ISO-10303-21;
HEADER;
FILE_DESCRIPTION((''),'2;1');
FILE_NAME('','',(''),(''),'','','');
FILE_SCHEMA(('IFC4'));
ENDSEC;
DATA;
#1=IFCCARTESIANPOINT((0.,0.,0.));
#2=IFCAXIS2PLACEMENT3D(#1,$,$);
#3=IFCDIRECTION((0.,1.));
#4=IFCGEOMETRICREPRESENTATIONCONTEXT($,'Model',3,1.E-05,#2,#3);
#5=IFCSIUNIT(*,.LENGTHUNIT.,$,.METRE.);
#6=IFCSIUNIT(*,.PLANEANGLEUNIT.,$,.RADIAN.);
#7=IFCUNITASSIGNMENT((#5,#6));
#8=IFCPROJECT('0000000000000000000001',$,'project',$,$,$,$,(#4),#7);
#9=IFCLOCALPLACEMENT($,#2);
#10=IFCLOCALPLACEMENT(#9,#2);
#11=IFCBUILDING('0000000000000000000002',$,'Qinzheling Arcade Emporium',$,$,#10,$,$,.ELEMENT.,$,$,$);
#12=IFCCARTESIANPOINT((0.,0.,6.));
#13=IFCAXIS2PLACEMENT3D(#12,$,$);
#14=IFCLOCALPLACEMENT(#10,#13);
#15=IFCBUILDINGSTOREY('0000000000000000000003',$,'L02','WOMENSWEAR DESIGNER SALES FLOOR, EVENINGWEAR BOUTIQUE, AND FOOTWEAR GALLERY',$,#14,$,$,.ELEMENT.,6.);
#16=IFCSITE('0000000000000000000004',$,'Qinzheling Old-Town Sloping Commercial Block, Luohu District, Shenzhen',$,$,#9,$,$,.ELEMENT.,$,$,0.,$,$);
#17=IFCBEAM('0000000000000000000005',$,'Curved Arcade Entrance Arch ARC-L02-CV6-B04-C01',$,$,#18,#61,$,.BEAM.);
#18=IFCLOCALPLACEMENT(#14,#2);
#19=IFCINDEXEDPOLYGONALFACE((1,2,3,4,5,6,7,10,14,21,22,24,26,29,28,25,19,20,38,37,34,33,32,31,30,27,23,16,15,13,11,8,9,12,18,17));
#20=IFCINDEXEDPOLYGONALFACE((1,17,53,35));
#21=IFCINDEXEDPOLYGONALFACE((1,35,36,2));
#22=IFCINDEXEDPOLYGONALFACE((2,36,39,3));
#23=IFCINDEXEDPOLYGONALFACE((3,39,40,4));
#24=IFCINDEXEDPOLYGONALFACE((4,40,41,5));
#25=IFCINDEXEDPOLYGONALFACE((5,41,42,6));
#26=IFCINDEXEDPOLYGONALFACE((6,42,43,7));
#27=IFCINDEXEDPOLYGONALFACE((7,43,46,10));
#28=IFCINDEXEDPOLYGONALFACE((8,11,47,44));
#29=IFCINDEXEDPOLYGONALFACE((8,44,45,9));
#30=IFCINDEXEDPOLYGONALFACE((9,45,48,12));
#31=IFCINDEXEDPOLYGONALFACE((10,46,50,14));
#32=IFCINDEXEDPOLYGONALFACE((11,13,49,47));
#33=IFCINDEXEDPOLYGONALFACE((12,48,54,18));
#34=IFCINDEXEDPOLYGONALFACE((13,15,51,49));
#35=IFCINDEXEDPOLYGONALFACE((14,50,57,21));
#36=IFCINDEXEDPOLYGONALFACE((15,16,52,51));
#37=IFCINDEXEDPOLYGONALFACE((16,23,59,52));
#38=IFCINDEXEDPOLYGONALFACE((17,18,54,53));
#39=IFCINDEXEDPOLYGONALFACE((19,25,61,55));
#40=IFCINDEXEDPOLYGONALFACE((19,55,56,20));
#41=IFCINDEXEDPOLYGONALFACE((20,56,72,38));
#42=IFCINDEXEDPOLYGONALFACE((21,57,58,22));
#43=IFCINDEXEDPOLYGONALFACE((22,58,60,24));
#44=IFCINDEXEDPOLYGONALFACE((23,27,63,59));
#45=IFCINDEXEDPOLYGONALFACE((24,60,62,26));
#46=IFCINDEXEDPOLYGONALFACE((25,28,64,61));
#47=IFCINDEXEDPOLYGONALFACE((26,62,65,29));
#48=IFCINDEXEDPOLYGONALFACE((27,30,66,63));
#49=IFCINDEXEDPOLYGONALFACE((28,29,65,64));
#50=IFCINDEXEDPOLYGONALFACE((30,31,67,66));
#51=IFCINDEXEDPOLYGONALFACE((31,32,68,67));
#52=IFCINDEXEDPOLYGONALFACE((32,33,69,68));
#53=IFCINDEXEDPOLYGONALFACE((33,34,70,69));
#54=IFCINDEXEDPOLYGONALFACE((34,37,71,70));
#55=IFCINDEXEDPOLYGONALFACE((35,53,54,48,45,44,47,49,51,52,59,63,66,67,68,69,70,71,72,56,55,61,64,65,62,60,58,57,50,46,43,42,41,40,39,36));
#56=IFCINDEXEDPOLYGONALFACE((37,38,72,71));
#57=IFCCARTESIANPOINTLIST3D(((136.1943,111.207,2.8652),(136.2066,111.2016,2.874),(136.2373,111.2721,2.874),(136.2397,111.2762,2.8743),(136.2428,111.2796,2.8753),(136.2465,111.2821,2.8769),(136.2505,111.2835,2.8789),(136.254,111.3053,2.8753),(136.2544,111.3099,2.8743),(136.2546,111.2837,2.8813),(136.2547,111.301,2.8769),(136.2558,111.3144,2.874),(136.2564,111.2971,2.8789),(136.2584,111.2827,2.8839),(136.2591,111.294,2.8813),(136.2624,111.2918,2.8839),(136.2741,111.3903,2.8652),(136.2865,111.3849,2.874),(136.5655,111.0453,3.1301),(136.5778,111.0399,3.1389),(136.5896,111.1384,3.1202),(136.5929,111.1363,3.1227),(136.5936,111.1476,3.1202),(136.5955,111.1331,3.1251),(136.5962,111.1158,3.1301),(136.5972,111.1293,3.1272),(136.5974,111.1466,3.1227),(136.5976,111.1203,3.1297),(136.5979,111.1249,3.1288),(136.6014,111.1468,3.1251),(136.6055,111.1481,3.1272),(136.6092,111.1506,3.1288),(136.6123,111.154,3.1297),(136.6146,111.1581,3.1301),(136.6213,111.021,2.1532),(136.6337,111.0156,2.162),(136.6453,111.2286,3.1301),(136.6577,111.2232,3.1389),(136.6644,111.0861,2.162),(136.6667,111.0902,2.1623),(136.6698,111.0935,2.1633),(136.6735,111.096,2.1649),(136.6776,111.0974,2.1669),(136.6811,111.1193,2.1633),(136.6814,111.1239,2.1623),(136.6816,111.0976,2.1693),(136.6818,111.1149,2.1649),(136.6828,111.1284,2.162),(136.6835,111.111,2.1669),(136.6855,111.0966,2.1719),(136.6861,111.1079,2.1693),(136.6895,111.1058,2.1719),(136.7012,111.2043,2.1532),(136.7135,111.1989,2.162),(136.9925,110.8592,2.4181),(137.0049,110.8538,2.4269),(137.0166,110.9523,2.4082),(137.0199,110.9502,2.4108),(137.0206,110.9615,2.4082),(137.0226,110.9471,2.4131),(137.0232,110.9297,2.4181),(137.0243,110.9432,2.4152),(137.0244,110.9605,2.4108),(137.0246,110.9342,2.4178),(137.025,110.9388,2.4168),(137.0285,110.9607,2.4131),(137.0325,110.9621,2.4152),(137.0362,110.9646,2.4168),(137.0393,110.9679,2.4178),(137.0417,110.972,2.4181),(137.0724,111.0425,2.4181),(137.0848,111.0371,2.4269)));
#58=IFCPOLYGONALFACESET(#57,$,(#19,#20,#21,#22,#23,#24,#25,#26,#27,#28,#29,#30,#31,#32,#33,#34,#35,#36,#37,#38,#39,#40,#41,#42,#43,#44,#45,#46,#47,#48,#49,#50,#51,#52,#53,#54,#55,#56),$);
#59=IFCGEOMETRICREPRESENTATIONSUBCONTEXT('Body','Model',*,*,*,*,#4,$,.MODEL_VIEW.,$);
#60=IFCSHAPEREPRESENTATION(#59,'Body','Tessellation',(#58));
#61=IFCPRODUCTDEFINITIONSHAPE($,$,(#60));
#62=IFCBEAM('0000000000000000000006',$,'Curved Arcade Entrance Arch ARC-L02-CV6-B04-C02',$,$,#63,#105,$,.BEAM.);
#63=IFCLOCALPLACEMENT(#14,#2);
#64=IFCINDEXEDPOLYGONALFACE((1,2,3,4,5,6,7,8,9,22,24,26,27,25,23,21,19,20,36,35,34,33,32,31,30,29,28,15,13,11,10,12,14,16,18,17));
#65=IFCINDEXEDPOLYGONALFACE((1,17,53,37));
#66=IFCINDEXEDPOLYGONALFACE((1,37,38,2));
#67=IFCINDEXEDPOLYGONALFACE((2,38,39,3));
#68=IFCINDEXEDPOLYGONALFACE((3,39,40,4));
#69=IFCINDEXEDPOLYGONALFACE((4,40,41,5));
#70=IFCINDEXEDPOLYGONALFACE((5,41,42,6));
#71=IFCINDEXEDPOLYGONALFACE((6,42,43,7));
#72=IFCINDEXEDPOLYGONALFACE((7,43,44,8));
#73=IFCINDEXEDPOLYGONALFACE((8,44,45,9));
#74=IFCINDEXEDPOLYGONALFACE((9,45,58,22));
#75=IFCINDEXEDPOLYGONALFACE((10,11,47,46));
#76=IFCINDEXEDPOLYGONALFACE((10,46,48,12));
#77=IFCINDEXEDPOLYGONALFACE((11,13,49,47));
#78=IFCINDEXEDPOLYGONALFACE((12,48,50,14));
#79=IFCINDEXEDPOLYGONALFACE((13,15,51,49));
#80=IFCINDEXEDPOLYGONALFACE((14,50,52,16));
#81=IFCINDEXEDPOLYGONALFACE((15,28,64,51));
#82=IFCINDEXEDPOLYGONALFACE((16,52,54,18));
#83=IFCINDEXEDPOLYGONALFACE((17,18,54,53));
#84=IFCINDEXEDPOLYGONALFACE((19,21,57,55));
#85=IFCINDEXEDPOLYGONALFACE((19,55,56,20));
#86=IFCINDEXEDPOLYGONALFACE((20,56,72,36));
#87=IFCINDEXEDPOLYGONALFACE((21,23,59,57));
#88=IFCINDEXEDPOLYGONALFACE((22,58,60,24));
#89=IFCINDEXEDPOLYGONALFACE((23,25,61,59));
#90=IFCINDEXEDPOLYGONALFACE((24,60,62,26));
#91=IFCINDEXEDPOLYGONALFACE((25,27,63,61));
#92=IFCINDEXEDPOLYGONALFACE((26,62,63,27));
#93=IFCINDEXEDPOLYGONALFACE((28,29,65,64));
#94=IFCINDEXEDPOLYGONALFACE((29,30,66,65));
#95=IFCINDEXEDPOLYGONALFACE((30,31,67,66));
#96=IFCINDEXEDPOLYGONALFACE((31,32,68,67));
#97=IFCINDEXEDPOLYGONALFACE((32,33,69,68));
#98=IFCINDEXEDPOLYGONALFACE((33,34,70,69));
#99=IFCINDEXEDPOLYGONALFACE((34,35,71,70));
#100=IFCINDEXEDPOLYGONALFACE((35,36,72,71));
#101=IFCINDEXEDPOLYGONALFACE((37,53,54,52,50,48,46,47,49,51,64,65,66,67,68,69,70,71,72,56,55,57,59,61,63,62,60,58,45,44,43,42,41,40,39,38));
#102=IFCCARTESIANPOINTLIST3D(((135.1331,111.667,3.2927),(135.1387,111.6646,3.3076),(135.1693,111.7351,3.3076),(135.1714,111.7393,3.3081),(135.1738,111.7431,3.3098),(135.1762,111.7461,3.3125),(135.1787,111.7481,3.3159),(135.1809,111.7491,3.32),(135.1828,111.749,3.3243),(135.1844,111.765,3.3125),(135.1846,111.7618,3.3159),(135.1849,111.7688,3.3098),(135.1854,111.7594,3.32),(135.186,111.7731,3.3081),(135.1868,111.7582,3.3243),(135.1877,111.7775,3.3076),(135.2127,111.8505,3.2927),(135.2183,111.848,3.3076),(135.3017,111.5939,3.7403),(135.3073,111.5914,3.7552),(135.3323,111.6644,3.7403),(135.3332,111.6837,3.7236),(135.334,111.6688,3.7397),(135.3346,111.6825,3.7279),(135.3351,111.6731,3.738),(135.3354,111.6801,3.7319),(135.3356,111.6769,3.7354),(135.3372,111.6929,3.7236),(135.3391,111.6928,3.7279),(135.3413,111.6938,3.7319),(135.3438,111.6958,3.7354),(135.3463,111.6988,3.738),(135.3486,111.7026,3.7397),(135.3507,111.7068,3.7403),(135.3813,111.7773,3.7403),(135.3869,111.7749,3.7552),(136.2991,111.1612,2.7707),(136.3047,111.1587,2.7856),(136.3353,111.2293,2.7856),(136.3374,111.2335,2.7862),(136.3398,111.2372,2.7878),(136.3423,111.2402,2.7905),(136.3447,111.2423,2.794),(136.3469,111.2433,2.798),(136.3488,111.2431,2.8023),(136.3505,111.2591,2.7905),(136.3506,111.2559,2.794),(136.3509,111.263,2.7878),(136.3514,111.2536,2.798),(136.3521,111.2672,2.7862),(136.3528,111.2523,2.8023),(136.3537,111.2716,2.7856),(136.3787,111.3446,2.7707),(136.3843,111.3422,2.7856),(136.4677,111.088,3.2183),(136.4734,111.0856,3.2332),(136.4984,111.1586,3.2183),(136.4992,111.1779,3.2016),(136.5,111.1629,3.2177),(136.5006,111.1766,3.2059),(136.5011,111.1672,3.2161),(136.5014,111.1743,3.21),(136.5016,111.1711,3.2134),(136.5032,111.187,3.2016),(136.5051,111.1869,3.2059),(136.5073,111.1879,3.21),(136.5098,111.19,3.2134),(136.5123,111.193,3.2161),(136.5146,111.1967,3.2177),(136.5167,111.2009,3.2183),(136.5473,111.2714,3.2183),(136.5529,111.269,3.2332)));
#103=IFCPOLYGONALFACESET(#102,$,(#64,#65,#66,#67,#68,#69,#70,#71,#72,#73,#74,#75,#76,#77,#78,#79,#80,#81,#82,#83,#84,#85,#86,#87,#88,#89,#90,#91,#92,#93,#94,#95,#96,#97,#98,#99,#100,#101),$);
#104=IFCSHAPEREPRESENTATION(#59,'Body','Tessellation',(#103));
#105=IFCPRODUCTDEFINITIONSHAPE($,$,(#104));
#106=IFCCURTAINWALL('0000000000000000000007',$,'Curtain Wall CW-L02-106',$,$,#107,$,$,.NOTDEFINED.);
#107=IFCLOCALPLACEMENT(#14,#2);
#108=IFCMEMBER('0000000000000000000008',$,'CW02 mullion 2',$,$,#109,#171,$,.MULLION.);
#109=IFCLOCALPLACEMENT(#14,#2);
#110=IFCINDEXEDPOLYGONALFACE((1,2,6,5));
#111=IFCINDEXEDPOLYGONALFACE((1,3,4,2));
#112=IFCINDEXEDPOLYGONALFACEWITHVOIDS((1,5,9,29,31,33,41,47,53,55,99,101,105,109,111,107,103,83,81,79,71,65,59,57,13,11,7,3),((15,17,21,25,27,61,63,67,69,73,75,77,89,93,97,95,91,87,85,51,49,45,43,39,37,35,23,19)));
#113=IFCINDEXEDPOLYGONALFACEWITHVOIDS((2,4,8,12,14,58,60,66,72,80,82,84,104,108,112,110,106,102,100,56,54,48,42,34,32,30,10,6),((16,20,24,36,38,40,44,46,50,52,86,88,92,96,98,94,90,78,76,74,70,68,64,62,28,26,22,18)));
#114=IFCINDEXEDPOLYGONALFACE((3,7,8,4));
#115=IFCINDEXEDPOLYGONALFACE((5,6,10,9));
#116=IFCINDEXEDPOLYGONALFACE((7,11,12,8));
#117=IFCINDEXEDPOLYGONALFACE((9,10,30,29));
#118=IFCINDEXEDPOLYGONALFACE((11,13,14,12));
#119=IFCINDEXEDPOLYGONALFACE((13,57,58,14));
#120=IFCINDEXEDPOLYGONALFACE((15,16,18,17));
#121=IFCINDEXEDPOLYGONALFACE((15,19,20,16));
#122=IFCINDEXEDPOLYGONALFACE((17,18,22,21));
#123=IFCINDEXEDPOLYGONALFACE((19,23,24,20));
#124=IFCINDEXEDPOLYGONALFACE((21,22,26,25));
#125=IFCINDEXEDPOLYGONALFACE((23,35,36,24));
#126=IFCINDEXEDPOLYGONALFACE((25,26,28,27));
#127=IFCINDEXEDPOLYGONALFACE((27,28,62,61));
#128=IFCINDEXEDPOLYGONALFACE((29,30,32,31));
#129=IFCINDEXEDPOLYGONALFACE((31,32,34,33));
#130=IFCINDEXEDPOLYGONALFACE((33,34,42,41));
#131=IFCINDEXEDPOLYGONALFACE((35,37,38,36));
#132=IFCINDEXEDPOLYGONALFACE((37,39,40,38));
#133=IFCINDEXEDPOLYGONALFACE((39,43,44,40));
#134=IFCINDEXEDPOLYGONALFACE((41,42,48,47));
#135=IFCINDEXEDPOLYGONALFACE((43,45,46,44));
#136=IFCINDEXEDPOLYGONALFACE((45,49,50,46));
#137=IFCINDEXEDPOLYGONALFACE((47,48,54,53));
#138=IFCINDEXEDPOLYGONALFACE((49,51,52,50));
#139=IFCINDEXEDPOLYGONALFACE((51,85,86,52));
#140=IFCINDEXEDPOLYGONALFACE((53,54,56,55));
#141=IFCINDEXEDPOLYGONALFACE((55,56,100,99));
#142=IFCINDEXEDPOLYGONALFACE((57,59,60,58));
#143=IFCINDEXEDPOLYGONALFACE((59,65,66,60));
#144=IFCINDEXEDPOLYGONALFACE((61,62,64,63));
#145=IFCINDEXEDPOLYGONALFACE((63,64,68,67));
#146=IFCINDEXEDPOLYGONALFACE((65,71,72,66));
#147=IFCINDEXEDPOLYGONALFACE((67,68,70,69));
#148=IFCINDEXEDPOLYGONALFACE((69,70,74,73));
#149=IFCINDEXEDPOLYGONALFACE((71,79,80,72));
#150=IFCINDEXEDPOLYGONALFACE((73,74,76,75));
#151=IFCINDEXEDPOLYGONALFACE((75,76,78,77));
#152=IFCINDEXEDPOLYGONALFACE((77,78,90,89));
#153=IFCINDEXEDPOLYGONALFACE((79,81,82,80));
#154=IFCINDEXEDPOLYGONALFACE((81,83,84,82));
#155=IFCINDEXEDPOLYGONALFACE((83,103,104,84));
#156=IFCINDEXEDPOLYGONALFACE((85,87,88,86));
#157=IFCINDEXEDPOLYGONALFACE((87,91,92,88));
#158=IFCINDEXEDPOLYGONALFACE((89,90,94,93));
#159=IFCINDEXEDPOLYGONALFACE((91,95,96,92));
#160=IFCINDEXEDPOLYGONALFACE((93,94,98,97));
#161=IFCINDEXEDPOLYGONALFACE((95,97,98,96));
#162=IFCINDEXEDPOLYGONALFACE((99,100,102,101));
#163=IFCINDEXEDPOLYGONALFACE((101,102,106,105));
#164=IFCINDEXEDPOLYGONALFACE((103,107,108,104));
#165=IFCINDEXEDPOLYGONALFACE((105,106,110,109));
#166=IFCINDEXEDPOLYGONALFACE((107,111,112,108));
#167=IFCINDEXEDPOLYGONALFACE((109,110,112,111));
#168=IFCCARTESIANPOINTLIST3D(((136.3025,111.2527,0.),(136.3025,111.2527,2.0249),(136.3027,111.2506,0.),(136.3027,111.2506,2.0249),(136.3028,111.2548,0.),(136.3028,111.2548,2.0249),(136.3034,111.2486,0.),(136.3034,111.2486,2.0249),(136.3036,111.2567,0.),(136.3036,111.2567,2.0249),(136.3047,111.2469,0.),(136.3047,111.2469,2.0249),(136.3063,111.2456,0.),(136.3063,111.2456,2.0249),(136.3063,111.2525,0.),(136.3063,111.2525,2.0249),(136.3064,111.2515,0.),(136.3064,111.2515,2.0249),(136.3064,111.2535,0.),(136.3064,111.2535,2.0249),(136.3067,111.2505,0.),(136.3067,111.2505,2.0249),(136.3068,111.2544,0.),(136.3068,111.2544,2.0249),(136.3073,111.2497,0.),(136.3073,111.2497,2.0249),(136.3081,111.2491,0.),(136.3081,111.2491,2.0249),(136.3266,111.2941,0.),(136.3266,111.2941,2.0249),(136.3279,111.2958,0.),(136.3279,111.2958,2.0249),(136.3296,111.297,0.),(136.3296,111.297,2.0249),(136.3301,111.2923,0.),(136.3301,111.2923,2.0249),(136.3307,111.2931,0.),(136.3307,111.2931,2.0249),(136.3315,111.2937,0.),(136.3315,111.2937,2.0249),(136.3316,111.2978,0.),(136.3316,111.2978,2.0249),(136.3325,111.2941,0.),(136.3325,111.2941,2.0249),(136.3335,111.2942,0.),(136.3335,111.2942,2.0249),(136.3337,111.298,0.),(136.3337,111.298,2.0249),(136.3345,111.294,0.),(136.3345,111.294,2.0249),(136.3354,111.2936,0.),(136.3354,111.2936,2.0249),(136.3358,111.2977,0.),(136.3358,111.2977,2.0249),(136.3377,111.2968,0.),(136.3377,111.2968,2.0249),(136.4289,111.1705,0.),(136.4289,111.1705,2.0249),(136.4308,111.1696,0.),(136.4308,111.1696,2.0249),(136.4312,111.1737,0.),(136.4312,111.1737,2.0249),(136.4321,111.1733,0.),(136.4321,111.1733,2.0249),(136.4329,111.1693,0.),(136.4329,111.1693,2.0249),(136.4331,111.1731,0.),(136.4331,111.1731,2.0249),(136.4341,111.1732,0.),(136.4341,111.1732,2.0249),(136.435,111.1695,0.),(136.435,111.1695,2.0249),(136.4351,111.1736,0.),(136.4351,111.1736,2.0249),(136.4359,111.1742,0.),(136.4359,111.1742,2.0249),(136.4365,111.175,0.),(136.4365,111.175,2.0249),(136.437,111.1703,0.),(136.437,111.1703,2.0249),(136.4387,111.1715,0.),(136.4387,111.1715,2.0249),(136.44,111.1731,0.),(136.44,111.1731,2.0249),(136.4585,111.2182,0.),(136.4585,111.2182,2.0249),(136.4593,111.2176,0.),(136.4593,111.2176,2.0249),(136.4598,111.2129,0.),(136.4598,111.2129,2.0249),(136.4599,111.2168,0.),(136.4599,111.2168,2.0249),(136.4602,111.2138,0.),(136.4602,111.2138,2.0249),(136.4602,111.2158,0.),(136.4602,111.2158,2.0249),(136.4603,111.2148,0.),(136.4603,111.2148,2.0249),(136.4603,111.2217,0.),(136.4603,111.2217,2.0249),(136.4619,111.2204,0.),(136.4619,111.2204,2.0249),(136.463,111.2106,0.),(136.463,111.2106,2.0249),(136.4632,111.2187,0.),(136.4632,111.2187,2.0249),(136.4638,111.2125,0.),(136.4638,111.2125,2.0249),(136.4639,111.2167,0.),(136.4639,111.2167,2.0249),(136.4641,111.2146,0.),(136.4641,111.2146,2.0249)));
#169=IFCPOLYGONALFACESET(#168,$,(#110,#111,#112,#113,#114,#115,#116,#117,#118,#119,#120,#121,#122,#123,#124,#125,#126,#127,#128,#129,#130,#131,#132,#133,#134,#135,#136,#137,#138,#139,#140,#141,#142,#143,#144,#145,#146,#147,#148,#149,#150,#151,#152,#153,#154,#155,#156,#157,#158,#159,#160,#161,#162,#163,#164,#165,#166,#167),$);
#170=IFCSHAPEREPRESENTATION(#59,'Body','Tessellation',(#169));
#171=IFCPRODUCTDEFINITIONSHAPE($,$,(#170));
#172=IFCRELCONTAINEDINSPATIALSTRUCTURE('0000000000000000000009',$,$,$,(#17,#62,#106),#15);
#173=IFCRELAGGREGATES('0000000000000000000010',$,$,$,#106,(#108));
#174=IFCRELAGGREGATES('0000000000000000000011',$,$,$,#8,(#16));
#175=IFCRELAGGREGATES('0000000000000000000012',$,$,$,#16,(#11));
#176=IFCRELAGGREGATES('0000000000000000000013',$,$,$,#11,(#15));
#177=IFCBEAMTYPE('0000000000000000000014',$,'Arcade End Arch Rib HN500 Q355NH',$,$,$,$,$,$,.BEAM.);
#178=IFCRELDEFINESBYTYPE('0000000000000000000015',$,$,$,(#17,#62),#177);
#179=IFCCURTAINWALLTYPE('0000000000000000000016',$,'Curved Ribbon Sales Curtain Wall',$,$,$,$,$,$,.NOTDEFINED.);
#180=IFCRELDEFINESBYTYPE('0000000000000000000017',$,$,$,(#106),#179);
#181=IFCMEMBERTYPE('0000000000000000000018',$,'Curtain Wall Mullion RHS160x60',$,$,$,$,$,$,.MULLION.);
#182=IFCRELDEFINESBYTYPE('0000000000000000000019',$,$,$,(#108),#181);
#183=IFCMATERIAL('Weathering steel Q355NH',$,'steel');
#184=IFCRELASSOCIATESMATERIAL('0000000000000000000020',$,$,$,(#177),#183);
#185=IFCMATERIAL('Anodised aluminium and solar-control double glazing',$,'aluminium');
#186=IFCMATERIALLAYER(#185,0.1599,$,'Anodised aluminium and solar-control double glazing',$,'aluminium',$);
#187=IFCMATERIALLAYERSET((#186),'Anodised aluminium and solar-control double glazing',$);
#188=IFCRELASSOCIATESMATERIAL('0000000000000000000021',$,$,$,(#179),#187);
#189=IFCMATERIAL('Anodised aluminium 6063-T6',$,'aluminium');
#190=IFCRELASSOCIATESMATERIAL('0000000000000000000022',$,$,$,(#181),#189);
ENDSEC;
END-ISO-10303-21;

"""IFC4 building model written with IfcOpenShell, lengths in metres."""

from ifc_helpers import new_model, si_unit, direction, frame, origin, origin_2d, place, context, subcontext, project, spatial, hollow_rectangle, i_section, extrude, material, layer, layer_set, material_profile, profile_set, type_object, element, aggregate, save


model = new_model("IFC4")

# Units and contexts
model_context = context("Model", 3, precision=1e-05, world=origin(), true_north=direction((0.0, 1.0)))
body_context = subcontext(model_context, "Body", "Model", "MODEL_VIEW")
ifc_project = project(units=[si_unit("LENGTHUNIT", "METRE"), si_unit("PLANEANGLEUNIT", "RADIAN")], contexts=[model_context])

# Site, building, storey
site_placement = place(None, origin())
site = spatial("IfcSite", under=ifc_project, at=site_placement, Name="Qinzheling Old-Town Sloping Commercial Block, Luohu District, Shenzhen", CompositionType="ELEMENT", RefElevation=0.0)
building_placement = place(site_placement, origin())
building = spatial("IfcBuilding", under=site, at=building_placement, Name="Qinzheling Arcade Emporium", CompositionType="ELEMENT")
storey_placement = place(building_placement, frame((0.0, 0.0, 6.0)))
storey = spatial("IfcBuildingStorey", under=building, at=storey_placement, Name="L02", Description="WOMENSWEAR DESIGNER SALES FLOOR, EVENINGWEAR BOUTIQUE, AND FOOTWEAR GALLERY", CompositionType="ELEMENT", Elevation=6.0)

# Beams
ifc_material_1 = material(Name="Weathering steel Q355NH", Category="steel")
ifc_material_profile_1 = material_profile(ifc_material_1, i_section(OverallWidth=0.2, OverallDepth=0.5, WebThickness=0.01, FlangeThickness=0.0161, FilletRadius=0.0181, at=origin_2d()), Name="HN 500x200x10x16", Category="steel")
ifc_profile_set_1 = profile_set([ifc_material_profile_1], Name="Weathering steel Q355NH")
beam_type_1 = type_object("IfcBeamType", Name="Arcade End Arch Rib HN500 Q355NH", PredefinedType="BEAM", material=ifc_profile_set_1)
beam_1_placement = place(storey_placement, frame((136.853, 111.0291, 2.29), z_axis=(-0.501917, 0.218674, 0.836816), x_axis=(-0.399416, -0.91677, 0.0)))
element("IfcBeam", 1, at=beam_1_placement, inside=storey, type_object=beam_type_1, Name="Curved Arcade Entrance Arch ARC-L02-CV6-B04-C01", PredefinedType="BEAM", context=body_context, shape_type="SweptSolid", body=[
    extrude(i_section(OverallWidth=0.2, OverallDepth=0.5, WebThickness=0.01, FlangeThickness=0.0161, FilletRadius=0.0181, at=origin_2d()), origin(), (0.0, 0.0, 1.0), 0.8508),
])
beam_2_placement = place(storey_placement, frame((136.426, 111.2151, 3.002), z_axis=(-0.848614, 0.368159, 0.379886), x_axis=(-0.397996, -0.917387, 0.0)))
element("IfcBeam", 2, at=beam_2_placement, inside=storey, type_object=beam_type_1, Name="Curved Arcade Entrance Arch ARC-L02-CV6-B04-C02", PredefinedType="BEAM", context=body_context, shape_type="SweptSolid", body=[
    extrude(i_section(OverallWidth=0.2, OverallDepth=0.5, WebThickness=0.01, FlangeThickness=0.0161, FilletRadius=0.0181, at=origin_2d()), origin(), (0.0, 0.0, 1.0), 1.374),
])

# Curtain wall, member
ifc_material_2 = material(Name="Anodised aluminium and solar-control double glazing", Category="aluminium")
ifc_layer_1 = layer(ifc_material_2, 0.1599, Name="Anodised aluminium and solar-control double glazing", Category="aluminium")
ifc_layer_set_1 = layer_set([ifc_layer_1], Name="Anodised aluminium and solar-control double glazing")
curtain_wall_type = type_object("IfcCurtainWallType", Name="Curved Ribbon Sales Curtain Wall", PredefinedType="NOTDEFINED", material=ifc_layer_set_1)
curtain_wall_1_placement = place(storey_placement, origin())
curtain_wall_1 = element("IfcCurtainWall", 3, at=curtain_wall_1_placement, inside=storey, type_object=curtain_wall_type, Name="Curtain Wall CW-L02-106", PredefinedType="NOTDEFINED")
ifc_material_3 = material(Name="Anodised aluminium 6063-T6", Category="aluminium")
ifc_material_profile_2 = material_profile(ifc_material_3, hollow_rectangle(XDim=0.0601, YDim=0.1599, WallThickness=0.0039, InnerFilletRadius=0.0039, OuterFilletRadius=0.0081, at=origin_2d()), Name="RHS 160x60x4", Category="aluminium")
ifc_profile_set_2 = profile_set([ifc_material_profile_2], Name="Anodised aluminium 6063-T6")
member_type_1 = type_object("IfcMemberType", Name="Curtain Wall Mullion RHS160x60", PredefinedType="MULLION", material=ifc_profile_set_2)
member_1_placement = place(storey_placement, frame((136.3833, 111.2336, 0.0), z_axis=(0.0, 0.0, 1.0), x_axis=(0.522428, 0.852684, 0.0)))
member_1 = element("IfcMember", 4, at=member_1_placement, type_object=member_type_1, Name="CW02 mullion 2", PredefinedType="MULLION", context=body_context, shape_type="SweptSolid", body=[
    extrude(hollow_rectangle(XDim=0.0601, YDim=0.1599, WallThickness=0.0039, InnerFilletRadius=0.0039, OuterFilletRadius=0.0081, at=origin_2d()), origin(), (0.0, 0.0, 1.0), 2.0249),
])

aggregate(curtain_wall_1, [member_1])

save(model, "model.ifc")
